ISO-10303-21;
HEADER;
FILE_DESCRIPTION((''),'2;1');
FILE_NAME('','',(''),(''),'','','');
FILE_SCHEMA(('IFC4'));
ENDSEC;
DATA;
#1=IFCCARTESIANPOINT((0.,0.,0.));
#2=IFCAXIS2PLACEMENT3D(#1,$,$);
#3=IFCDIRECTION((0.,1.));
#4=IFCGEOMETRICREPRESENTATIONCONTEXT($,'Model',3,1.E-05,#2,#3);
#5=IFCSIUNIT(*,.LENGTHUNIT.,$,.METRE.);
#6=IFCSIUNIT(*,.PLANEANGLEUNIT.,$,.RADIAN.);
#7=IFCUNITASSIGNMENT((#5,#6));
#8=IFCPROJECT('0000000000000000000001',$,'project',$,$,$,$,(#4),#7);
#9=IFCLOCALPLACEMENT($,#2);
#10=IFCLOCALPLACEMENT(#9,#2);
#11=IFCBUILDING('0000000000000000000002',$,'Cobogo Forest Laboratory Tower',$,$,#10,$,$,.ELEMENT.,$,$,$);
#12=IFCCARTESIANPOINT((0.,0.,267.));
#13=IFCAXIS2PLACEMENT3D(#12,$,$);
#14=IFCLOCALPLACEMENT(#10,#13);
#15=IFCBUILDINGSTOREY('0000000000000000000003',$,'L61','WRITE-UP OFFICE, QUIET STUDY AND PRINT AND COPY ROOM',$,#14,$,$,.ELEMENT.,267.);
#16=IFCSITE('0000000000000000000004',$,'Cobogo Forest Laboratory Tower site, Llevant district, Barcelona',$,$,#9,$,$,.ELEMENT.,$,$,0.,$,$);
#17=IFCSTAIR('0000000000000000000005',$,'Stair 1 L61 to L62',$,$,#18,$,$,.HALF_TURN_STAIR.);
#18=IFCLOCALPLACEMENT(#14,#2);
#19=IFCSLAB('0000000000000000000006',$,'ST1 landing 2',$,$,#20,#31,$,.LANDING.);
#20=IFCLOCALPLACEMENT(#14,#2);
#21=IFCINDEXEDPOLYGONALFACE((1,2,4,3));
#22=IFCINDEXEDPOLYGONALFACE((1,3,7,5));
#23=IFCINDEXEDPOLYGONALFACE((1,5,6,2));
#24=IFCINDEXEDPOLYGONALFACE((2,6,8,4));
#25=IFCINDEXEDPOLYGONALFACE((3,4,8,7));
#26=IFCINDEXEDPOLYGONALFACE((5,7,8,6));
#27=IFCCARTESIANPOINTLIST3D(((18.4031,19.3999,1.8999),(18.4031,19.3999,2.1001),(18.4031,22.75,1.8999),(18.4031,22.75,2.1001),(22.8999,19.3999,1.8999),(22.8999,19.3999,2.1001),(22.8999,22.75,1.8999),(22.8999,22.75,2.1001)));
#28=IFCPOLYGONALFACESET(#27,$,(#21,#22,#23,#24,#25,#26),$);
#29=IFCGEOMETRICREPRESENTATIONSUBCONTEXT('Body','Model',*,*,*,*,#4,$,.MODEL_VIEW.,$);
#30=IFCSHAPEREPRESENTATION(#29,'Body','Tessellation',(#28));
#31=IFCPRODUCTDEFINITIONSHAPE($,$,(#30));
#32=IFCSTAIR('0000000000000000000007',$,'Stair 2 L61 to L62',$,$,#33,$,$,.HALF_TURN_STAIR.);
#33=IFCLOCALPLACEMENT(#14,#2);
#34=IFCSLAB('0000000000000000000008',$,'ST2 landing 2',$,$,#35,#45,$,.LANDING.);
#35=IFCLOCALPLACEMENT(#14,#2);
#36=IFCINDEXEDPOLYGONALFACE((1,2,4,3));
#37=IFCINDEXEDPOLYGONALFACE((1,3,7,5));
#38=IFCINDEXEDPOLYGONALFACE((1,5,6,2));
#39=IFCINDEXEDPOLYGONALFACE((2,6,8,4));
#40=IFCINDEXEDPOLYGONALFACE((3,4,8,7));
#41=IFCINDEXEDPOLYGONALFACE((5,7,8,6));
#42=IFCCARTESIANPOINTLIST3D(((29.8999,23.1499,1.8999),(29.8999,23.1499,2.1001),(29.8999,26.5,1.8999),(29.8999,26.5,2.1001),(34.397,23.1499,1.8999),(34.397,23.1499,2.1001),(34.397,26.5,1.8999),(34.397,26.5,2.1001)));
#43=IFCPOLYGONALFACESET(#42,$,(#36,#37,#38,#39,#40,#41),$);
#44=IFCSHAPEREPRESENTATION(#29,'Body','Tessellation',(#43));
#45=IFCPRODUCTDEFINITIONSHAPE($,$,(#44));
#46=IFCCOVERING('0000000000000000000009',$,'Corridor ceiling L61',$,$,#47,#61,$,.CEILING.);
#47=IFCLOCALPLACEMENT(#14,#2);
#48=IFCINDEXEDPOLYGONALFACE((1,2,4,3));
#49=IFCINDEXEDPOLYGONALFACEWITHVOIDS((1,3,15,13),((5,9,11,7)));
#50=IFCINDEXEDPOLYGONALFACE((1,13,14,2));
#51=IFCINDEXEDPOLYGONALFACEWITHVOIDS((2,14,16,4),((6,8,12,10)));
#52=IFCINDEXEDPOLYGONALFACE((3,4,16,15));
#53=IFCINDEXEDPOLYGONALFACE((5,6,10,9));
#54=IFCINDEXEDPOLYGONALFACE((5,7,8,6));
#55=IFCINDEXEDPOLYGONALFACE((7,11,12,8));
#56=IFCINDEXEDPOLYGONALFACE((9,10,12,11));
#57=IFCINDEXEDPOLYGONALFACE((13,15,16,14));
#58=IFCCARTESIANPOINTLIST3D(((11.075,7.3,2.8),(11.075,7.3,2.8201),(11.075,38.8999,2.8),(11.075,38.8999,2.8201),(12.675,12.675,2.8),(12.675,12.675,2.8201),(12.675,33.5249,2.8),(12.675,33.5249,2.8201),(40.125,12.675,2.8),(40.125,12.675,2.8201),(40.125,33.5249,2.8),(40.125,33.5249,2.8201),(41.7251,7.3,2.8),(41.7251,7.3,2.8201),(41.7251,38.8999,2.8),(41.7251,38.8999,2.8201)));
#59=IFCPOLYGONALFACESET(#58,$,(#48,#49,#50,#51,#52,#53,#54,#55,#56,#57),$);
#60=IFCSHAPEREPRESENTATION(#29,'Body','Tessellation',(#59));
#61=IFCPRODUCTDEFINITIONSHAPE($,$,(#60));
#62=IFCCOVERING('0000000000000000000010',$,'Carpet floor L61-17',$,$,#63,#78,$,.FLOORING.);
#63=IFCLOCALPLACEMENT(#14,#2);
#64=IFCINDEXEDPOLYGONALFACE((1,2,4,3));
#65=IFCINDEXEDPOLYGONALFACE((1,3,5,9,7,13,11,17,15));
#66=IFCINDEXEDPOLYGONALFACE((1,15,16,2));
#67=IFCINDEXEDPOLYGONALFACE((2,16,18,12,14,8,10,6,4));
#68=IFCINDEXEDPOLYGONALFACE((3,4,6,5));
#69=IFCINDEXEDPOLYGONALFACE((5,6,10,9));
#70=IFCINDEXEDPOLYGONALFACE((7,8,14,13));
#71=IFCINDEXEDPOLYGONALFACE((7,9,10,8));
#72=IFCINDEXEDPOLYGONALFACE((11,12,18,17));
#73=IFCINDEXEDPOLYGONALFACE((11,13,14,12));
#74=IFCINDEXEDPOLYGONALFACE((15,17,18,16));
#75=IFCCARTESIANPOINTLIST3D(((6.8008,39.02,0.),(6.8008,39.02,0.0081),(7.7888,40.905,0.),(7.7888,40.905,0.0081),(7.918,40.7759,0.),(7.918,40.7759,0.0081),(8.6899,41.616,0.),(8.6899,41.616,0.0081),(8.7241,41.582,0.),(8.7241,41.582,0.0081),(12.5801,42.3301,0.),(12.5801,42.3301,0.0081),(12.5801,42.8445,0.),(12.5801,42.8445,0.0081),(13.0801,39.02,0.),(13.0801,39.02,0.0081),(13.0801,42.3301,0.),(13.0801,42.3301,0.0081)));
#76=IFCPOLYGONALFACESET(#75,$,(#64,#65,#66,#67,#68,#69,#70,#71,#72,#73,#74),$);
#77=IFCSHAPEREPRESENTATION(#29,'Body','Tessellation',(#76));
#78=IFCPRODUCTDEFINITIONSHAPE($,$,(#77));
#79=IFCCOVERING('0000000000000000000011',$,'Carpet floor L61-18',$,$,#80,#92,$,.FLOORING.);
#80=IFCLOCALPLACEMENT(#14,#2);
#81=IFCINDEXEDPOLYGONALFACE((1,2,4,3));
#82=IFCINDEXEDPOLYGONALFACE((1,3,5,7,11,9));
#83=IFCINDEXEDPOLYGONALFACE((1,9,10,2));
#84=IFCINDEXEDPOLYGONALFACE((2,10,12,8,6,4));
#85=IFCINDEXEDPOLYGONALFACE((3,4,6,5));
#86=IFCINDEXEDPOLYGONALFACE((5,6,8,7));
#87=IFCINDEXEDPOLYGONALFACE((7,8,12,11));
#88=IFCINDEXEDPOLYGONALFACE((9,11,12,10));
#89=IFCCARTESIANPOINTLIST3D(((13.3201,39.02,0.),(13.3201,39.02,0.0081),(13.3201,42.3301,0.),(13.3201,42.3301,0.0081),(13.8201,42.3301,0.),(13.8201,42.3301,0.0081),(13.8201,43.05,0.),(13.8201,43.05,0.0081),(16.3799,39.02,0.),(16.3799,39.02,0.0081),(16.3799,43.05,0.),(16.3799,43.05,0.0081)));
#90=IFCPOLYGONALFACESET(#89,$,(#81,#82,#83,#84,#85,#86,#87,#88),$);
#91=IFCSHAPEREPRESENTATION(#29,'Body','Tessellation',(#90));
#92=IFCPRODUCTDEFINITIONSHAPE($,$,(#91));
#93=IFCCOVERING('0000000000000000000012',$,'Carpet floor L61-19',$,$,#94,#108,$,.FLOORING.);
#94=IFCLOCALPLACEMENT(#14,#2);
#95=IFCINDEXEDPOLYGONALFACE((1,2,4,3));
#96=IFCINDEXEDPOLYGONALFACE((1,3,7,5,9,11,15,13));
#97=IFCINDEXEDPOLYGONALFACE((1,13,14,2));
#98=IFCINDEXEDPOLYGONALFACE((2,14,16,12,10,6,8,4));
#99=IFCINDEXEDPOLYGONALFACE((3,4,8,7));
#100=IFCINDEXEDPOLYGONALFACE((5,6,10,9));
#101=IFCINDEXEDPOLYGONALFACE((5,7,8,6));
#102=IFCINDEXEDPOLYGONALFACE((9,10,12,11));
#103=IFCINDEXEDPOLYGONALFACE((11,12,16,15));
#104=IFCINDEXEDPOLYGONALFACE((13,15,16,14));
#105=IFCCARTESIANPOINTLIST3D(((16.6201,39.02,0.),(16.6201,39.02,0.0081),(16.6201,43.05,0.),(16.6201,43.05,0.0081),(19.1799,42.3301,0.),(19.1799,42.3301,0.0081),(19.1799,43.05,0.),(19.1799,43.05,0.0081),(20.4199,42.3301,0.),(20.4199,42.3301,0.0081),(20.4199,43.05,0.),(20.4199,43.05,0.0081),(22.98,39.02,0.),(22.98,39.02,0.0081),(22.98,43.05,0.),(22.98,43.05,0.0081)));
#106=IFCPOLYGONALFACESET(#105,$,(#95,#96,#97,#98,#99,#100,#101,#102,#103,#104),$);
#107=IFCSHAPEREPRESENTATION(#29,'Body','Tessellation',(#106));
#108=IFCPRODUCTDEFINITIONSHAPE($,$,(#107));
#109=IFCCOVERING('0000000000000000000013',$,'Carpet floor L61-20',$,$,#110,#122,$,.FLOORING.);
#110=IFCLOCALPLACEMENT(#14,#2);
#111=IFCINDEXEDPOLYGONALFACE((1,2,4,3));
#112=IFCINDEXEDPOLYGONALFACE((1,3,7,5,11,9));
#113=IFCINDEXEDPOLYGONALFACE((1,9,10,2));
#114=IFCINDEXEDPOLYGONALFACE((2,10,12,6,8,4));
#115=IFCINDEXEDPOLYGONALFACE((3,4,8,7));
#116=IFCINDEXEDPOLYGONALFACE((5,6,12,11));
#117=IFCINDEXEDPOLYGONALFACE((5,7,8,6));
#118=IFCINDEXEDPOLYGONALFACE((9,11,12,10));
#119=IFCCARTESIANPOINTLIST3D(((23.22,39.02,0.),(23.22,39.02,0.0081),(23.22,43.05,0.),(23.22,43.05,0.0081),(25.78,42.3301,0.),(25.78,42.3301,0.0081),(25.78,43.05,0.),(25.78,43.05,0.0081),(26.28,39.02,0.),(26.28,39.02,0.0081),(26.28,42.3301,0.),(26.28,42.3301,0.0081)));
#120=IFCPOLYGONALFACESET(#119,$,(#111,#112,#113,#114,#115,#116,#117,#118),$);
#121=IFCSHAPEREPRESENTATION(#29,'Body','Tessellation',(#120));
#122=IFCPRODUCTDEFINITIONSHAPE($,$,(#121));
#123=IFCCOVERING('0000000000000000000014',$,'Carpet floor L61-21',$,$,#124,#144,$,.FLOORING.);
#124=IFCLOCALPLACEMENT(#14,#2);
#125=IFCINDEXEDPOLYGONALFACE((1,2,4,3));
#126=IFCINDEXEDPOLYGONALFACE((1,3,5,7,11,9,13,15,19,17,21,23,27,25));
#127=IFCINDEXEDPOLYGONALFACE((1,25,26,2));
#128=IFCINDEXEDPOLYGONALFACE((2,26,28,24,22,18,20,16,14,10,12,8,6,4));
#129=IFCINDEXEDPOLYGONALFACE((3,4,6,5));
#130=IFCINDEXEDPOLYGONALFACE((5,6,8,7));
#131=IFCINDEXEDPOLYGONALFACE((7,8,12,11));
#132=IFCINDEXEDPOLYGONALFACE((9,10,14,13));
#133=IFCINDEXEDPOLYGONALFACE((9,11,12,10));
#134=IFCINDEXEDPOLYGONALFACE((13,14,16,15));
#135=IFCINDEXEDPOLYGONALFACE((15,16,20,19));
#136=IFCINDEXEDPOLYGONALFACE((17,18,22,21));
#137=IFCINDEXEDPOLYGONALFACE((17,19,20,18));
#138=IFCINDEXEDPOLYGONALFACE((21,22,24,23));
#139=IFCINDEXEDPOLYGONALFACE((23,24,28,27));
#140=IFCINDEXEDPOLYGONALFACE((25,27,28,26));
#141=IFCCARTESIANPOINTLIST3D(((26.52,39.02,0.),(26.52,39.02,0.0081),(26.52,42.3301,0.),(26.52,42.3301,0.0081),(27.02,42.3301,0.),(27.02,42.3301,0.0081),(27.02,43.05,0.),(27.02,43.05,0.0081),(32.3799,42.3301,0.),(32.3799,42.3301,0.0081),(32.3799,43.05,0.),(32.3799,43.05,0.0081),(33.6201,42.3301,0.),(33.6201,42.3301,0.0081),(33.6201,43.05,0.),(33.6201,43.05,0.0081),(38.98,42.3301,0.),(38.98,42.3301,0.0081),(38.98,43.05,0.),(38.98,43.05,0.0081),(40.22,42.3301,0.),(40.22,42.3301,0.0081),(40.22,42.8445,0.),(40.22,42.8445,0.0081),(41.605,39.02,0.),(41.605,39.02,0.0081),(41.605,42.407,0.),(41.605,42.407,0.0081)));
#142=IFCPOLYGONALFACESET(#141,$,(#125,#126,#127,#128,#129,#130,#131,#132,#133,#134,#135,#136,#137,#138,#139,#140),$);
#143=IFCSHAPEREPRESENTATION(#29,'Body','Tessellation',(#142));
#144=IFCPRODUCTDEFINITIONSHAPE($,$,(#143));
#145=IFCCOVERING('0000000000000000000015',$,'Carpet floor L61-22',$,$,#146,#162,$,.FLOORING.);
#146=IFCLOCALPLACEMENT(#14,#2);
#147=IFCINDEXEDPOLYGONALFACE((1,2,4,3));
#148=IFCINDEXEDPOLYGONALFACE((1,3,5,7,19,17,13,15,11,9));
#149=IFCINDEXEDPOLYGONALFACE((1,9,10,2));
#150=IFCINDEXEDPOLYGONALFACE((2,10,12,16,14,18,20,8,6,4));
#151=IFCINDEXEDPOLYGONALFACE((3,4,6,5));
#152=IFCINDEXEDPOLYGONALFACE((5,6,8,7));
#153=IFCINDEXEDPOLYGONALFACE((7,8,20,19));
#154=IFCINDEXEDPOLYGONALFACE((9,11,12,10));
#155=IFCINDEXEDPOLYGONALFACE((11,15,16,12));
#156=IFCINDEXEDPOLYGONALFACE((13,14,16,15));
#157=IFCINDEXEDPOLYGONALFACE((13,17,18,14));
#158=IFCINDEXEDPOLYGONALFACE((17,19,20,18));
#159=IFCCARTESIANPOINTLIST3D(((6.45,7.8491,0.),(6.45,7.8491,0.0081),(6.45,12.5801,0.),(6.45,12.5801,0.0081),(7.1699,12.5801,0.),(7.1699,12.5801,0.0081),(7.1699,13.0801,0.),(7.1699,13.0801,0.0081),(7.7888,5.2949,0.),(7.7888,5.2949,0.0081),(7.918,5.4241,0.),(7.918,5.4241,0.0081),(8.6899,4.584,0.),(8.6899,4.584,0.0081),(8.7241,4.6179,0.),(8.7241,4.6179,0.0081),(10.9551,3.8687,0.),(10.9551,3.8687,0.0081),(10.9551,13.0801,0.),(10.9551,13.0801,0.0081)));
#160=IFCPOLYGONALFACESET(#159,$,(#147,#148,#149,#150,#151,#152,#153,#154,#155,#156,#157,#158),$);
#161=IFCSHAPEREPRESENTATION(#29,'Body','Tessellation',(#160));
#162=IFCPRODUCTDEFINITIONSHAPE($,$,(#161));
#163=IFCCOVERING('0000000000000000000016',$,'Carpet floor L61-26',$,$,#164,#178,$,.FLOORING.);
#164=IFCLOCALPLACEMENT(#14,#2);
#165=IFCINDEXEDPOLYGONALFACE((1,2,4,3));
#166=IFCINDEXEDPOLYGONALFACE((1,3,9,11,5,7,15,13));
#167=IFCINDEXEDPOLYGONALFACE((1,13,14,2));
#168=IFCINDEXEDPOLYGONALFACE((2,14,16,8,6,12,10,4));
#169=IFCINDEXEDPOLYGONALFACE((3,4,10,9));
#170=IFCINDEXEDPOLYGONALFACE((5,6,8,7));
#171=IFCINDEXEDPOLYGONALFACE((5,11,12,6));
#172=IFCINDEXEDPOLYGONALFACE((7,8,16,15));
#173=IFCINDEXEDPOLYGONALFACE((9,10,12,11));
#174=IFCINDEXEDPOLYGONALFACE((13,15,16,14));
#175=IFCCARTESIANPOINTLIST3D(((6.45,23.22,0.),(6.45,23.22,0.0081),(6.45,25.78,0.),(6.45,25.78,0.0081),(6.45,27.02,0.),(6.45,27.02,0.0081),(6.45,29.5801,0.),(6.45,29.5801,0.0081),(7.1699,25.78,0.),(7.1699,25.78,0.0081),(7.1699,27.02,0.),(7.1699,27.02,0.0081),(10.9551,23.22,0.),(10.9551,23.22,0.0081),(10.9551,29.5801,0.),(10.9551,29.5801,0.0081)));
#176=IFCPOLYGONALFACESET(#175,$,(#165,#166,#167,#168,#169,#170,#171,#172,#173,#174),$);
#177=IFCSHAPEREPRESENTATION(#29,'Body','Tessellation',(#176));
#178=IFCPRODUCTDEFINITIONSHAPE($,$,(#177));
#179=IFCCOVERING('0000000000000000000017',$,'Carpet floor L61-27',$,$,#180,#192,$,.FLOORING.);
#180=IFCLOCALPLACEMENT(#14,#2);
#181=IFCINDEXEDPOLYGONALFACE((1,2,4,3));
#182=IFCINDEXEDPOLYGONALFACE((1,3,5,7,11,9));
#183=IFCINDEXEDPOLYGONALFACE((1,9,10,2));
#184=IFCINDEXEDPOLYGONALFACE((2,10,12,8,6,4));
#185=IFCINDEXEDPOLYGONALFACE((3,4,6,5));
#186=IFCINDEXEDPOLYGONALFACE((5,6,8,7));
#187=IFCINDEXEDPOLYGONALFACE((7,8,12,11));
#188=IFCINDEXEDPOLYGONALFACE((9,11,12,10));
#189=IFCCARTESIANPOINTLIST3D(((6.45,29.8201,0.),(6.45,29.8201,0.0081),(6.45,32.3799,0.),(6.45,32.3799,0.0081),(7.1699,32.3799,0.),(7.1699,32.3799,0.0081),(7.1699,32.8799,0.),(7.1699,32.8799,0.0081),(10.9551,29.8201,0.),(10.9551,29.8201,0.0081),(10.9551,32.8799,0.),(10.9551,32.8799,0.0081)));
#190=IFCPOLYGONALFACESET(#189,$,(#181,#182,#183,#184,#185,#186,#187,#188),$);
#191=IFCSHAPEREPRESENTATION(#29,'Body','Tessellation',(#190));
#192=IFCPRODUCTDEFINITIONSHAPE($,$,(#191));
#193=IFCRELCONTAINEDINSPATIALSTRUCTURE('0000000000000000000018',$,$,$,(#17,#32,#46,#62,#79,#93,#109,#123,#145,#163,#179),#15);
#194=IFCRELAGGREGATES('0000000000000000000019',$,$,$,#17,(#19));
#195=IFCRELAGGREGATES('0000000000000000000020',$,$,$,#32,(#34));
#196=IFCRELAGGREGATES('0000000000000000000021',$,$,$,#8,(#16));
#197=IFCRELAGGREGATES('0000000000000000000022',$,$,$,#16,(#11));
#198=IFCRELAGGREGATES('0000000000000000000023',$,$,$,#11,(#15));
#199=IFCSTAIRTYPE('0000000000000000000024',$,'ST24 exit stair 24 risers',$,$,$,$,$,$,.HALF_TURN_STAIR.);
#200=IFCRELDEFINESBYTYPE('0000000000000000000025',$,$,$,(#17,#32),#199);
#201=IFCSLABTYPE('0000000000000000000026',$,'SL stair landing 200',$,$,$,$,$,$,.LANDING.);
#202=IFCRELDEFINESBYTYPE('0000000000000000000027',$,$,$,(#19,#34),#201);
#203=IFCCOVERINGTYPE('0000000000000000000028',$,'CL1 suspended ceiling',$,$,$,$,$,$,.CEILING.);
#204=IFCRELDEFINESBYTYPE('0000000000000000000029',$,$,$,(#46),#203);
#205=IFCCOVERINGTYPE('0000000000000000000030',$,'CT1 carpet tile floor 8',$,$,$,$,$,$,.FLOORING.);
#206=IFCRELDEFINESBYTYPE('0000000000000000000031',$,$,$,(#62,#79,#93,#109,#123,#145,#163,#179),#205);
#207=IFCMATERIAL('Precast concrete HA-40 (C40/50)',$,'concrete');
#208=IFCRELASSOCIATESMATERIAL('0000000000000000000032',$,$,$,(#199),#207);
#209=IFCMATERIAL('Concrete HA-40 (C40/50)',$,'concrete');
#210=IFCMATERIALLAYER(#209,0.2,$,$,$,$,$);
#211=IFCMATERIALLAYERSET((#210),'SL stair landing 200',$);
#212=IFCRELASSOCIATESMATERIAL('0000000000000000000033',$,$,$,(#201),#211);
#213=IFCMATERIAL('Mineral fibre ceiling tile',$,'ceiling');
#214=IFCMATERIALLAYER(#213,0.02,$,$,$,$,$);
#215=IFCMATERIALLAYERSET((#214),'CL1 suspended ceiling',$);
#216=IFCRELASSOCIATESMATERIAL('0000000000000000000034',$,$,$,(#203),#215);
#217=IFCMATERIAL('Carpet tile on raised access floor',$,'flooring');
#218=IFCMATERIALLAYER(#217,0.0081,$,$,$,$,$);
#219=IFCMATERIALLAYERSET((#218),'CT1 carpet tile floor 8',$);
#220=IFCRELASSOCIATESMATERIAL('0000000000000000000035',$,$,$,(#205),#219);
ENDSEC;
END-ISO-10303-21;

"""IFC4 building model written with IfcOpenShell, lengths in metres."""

from ifc_helpers import new_model, si_unit, direction, frame, origin, place, context, subcontext, project, spatial, polyline, outline, extrude, material, layer, layer_set, type_object, element, aggregate, save


model = new_model("IFC4")

# Units and contexts
model_context = context("Model", 3, precision=1e-05, world=origin(), true_north=direction((0.0, 1.0)))
body_context = subcontext(model_context, "Body", "Model", "MODEL_VIEW")
ifc_project = project(units=[si_unit("LENGTHUNIT", "METRE"), si_unit("PLANEANGLEUNIT", "RADIAN")], contexts=[model_context])

# Site, building, storey
site_placement = place(None, origin())
site = spatial("IfcSite", under=ifc_project, at=site_placement, Name="Cobogo Forest Laboratory Tower site, Llevant district, Barcelona", CompositionType="ELEMENT", RefElevation=0.0)
building_placement = place(site_placement, origin())
building = spatial("IfcBuilding", under=site, at=building_placement, Name="Cobogo Forest Laboratory Tower", CompositionType="ELEMENT")
storey_placement = place(building_placement, frame((0.0, 0.0, 267.0)))
storey = spatial("IfcBuildingStorey", under=building, at=storey_placement, Name="L61", Description="WRITE-UP OFFICE, QUIET STUDY AND PRINT AND COPY ROOM", CompositionType="ELEMENT", Elevation=267.0)

# Stairs, slabs
ifc_material_1 = material(Name="Precast concrete HA-40 (C40/50)", Category="concrete")
stair_type = type_object("IfcStairType", Name="ST24 exit stair 24 risers", PredefinedType="HALF_TURN_STAIR", material=ifc_material_1)
stair_1_placement = place(storey_placement, origin())
stair_1 = element("IfcStair", 1, at=stair_1_placement, inside=storey, type_object=stair_type, Name="Stair 1 L61 to L62", PredefinedType="HALF_TURN_STAIR")
ifc_material_2 = material(Name="Concrete HA-40 (C40/50)", Category="concrete")
ifc_layer_1 = layer(ifc_material_2, 0.2)
ifc_layer_set_1 = layer_set([ifc_layer_1], Name="SL stair landing 200")
slab_type = type_object("IfcSlabType", Name="SL stair landing 200", PredefinedType="LANDING", material=ifc_layer_set_1)
slab_1_placement = place(storey_placement, frame((0.0, 0.0, 1.8999)))
slab_1 = element("IfcSlab", 2, at=slab_1_placement, type_object=slab_type, Name="ST1 landing 2", PredefinedType="LANDING", context=body_context, shape_type="SweptSolid", body=[
    extrude(outline(polyline([(18.4031, 19.3999), (22.8999, 19.3999), (22.8999, 22.75), (18.4031, 22.75), (18.4031, 19.3999)])), origin(), (0.0, 0.0, 1.0), 0.2002),
])
aggregate(stair_1, [slab_1])
stair_2_placement = place(storey_placement, origin())
stair_2 = element("IfcStair", 3, at=stair_2_placement, inside=storey, type_object=stair_type, Name="Stair 2 L61 to L62", PredefinedType="HALF_TURN_STAIR")
slab_2_placement = place(storey_placement, frame((0.0, 0.0, 1.8999)))
slab_2 = element("IfcSlab", 4, at=slab_2_placement, type_object=slab_type, Name="ST2 landing 2", PredefinedType="LANDING", context=body_context, shape_type="SweptSolid", body=[
    extrude(outline(polyline([(29.8999, 23.1499), (34.397, 23.1499), (34.397, 26.5), (29.8999, 26.5), (29.8999, 23.1499)])), origin(), (0.0, 0.0, 1.0), 0.2002),
])
aggregate(stair_2, [slab_2])

# Coverings
ifc_material_3 = material(Name="Mineral fibre ceiling tile", Category="ceiling")
ifc_layer_2 = layer(ifc_material_3, 0.02)
ifc_layer_set_2 = layer_set([ifc_layer_2], Name="CL1 suspended ceiling")
covering_type_1 = type_object("IfcCoveringType", Name="CL1 suspended ceiling", PredefinedType="CEILING", material=ifc_layer_set_2)
covering_1_placement = place(storey_placement, frame((0.0, 0.0, 2.8)))
element("IfcCovering", 5, at=covering_1_placement, inside=storey, type_object=covering_type_1, Name="Corridor ceiling L61", PredefinedType="CEILING", context=body_context, shape_type="SweptSolid", body=[
    extrude(outline(polyline([(11.075, 7.3), (11.075, 38.8999), (41.7251, 38.8999), (41.7251, 7.3), (11.075, 7.3)]), holes=[polyline([(40.125, 33.5249), (12.675, 33.5249), (12.675, 12.675), (40.125, 12.675), (40.125, 33.5249)])]), origin(), (0.0, 0.0, 1.0), 0.02),
])
ifc_material_4 = material(Name="Carpet tile on raised access floor", Category="flooring")
ifc_layer_3 = layer(ifc_material_4, 0.0081)
ifc_layer_set_3 = layer_set([ifc_layer_3], Name="CT1 carpet tile floor 8")
covering_type_2 = type_object("IfcCoveringType", Name="CT1 carpet tile floor 8", PredefinedType="FLOORING", material=ifc_layer_set_3)
covering_2_placement = place(storey_placement, origin())
element("IfcCovering", 6, at=covering_2_placement, inside=storey, type_object=covering_type_2, Name="Carpet floor L61-17", PredefinedType="FLOORING", context=body_context, shape_type="SweptSolid", body=[
    extrude(outline(polyline([(6.8008, 39.02), (7.7888, 40.905), (7.918, 40.7759), (8.7241, 41.582), (8.6899, 41.616), (12.5801, 42.8445), (12.5801, 42.3301), (13.0801, 42.3301), (13.0801, 39.02), (6.8008, 39.02)])), origin(), (0.0, 0.0, 1.0), 0.0081),
])
covering_3_placement = place(storey_placement, origin())
element("IfcCovering", 7, at=covering_3_placement, inside=storey, type_object=covering_type_2, Name="Carpet floor L61-18", PredefinedType="FLOORING", context=body_context, shape_type="SweptSolid", body=[
    extrude(outline(polyline([(13.3201, 39.02), (13.3201, 42.3301), (13.8201, 42.3301), (13.8201, 43.05), (16.3799, 43.05), (16.3799, 39.02), (13.3201, 39.02)])), origin(), (0.0, 0.0, 1.0), 0.0081),
])
covering_4_placement = place(storey_placement, origin())
element("IfcCovering", 8, at=covering_4_placement, inside=storey, type_object=covering_type_2, Name="Carpet floor L61-19", PredefinedType="FLOORING", context=body_context, shape_type="SweptSolid", body=[
    extrude(outline(polyline([(16.6201, 39.02), (16.6201, 43.05), (19.1799, 43.05), (19.1799, 42.3301), (20.4199, 42.3301), (20.4199, 43.05), (22.98, 43.05), (22.98, 39.02), (16.6201, 39.02)])), origin(), (0.0, 0.0, 1.0), 0.0081),
])
covering_5_placement = place(storey_placement, origin())
element("IfcCovering", 9, at=covering_5_placement, inside=storey, type_object=covering_type_2, Name="Carpet floor L61-20", PredefinedType="FLOORING", context=body_context, shape_type="SweptSolid", body=[
    extrude(outline(polyline([(23.22, 39.02), (23.22, 43.05), (25.78, 43.05), (25.78, 42.3301), (26.28, 42.3301), (26.28, 39.02), (23.22, 39.02)])), origin(), (0.0, 0.0, 1.0), 0.0081),
])
covering_6_placement = place(storey_placement, origin())
element("IfcCovering", 10, at=covering_6_placement, inside=storey, type_object=covering_type_2, Name="Carpet floor L61-21", PredefinedType="FLOORING", context=body_context, shape_type="SweptSolid", body=[
    extrude(outline(polyline([(26.52, 39.02), (26.52, 42.3301), (27.02, 42.3301), (27.02, 43.05), (32.3799, 43.05), (32.3799, 42.3301), (33.6201, 42.3301), (33.6201, 43.05), (38.98, 43.05), (38.98, 42.3301), (40.22, 42.3301), (40.22, 42.8445), (41.605, 42.407), (41.605, 39.02), (26.52, 39.02)])), origin(), (0.0, 0.0, 1.0), 0.0081),
])
covering_7_placement = place(storey_placement, origin())
element("IfcCovering", 11, at=covering_7_placement, inside=storey, type_object=covering_type_2, Name="Carpet floor L61-22", PredefinedType="FLOORING", context=body_context, shape_type="SweptSolid", body=[
    extrude(outline(polyline([(8.6899, 4.584), (8.7241, 4.6179), (7.918, 5.4241), (7.7888, 5.2949), (6.45, 7.8491), (6.45, 12.5801), (7.1699, 12.5801), (7.1699, 13.0801), (10.9551, 13.0801), (10.9551, 3.8687), (8.6899, 4.584)])), origin(), (0.0, 0.0, 1.0), 0.0081),
])
covering_8_placement = place(storey_placement, origin())
element("IfcCovering", 12, at=covering_8_placement, inside=storey, type_object=covering_type_2, Name="Carpet floor L61-26", PredefinedType="FLOORING", context=body_context, shape_type="SweptSolid", body=[
    extrude(outline(polyline([(10.9551, 23.22), (6.45, 23.22), (6.45, 25.78), (7.1699, 25.78), (7.1699, 27.02), (6.45, 27.02), (6.45, 29.5801), (10.9551, 29.5801), (10.9551, 23.22)])), origin(), (0.0, 0.0, 1.0), 0.0081),
])
covering_9_placement = place(storey_placement, origin())
element("IfcCovering", 13, at=covering_9_placement, inside=storey, type_object=covering_type_2, Name="Carpet floor L61-27", PredefinedType="FLOORING", context=body_context, shape_type="SweptSolid", body=[
    extrude(outline(polyline([(10.9551, 29.8201), (6.45, 29.8201), (6.45, 32.3799), (7.1699, 32.3799), (7.1699, 32.8799), (10.9551, 32.8799), (10.9551, 29.8201)])), origin(), (0.0, 0.0, 1.0), 0.0081),
])

save(model, "model.ifc")
